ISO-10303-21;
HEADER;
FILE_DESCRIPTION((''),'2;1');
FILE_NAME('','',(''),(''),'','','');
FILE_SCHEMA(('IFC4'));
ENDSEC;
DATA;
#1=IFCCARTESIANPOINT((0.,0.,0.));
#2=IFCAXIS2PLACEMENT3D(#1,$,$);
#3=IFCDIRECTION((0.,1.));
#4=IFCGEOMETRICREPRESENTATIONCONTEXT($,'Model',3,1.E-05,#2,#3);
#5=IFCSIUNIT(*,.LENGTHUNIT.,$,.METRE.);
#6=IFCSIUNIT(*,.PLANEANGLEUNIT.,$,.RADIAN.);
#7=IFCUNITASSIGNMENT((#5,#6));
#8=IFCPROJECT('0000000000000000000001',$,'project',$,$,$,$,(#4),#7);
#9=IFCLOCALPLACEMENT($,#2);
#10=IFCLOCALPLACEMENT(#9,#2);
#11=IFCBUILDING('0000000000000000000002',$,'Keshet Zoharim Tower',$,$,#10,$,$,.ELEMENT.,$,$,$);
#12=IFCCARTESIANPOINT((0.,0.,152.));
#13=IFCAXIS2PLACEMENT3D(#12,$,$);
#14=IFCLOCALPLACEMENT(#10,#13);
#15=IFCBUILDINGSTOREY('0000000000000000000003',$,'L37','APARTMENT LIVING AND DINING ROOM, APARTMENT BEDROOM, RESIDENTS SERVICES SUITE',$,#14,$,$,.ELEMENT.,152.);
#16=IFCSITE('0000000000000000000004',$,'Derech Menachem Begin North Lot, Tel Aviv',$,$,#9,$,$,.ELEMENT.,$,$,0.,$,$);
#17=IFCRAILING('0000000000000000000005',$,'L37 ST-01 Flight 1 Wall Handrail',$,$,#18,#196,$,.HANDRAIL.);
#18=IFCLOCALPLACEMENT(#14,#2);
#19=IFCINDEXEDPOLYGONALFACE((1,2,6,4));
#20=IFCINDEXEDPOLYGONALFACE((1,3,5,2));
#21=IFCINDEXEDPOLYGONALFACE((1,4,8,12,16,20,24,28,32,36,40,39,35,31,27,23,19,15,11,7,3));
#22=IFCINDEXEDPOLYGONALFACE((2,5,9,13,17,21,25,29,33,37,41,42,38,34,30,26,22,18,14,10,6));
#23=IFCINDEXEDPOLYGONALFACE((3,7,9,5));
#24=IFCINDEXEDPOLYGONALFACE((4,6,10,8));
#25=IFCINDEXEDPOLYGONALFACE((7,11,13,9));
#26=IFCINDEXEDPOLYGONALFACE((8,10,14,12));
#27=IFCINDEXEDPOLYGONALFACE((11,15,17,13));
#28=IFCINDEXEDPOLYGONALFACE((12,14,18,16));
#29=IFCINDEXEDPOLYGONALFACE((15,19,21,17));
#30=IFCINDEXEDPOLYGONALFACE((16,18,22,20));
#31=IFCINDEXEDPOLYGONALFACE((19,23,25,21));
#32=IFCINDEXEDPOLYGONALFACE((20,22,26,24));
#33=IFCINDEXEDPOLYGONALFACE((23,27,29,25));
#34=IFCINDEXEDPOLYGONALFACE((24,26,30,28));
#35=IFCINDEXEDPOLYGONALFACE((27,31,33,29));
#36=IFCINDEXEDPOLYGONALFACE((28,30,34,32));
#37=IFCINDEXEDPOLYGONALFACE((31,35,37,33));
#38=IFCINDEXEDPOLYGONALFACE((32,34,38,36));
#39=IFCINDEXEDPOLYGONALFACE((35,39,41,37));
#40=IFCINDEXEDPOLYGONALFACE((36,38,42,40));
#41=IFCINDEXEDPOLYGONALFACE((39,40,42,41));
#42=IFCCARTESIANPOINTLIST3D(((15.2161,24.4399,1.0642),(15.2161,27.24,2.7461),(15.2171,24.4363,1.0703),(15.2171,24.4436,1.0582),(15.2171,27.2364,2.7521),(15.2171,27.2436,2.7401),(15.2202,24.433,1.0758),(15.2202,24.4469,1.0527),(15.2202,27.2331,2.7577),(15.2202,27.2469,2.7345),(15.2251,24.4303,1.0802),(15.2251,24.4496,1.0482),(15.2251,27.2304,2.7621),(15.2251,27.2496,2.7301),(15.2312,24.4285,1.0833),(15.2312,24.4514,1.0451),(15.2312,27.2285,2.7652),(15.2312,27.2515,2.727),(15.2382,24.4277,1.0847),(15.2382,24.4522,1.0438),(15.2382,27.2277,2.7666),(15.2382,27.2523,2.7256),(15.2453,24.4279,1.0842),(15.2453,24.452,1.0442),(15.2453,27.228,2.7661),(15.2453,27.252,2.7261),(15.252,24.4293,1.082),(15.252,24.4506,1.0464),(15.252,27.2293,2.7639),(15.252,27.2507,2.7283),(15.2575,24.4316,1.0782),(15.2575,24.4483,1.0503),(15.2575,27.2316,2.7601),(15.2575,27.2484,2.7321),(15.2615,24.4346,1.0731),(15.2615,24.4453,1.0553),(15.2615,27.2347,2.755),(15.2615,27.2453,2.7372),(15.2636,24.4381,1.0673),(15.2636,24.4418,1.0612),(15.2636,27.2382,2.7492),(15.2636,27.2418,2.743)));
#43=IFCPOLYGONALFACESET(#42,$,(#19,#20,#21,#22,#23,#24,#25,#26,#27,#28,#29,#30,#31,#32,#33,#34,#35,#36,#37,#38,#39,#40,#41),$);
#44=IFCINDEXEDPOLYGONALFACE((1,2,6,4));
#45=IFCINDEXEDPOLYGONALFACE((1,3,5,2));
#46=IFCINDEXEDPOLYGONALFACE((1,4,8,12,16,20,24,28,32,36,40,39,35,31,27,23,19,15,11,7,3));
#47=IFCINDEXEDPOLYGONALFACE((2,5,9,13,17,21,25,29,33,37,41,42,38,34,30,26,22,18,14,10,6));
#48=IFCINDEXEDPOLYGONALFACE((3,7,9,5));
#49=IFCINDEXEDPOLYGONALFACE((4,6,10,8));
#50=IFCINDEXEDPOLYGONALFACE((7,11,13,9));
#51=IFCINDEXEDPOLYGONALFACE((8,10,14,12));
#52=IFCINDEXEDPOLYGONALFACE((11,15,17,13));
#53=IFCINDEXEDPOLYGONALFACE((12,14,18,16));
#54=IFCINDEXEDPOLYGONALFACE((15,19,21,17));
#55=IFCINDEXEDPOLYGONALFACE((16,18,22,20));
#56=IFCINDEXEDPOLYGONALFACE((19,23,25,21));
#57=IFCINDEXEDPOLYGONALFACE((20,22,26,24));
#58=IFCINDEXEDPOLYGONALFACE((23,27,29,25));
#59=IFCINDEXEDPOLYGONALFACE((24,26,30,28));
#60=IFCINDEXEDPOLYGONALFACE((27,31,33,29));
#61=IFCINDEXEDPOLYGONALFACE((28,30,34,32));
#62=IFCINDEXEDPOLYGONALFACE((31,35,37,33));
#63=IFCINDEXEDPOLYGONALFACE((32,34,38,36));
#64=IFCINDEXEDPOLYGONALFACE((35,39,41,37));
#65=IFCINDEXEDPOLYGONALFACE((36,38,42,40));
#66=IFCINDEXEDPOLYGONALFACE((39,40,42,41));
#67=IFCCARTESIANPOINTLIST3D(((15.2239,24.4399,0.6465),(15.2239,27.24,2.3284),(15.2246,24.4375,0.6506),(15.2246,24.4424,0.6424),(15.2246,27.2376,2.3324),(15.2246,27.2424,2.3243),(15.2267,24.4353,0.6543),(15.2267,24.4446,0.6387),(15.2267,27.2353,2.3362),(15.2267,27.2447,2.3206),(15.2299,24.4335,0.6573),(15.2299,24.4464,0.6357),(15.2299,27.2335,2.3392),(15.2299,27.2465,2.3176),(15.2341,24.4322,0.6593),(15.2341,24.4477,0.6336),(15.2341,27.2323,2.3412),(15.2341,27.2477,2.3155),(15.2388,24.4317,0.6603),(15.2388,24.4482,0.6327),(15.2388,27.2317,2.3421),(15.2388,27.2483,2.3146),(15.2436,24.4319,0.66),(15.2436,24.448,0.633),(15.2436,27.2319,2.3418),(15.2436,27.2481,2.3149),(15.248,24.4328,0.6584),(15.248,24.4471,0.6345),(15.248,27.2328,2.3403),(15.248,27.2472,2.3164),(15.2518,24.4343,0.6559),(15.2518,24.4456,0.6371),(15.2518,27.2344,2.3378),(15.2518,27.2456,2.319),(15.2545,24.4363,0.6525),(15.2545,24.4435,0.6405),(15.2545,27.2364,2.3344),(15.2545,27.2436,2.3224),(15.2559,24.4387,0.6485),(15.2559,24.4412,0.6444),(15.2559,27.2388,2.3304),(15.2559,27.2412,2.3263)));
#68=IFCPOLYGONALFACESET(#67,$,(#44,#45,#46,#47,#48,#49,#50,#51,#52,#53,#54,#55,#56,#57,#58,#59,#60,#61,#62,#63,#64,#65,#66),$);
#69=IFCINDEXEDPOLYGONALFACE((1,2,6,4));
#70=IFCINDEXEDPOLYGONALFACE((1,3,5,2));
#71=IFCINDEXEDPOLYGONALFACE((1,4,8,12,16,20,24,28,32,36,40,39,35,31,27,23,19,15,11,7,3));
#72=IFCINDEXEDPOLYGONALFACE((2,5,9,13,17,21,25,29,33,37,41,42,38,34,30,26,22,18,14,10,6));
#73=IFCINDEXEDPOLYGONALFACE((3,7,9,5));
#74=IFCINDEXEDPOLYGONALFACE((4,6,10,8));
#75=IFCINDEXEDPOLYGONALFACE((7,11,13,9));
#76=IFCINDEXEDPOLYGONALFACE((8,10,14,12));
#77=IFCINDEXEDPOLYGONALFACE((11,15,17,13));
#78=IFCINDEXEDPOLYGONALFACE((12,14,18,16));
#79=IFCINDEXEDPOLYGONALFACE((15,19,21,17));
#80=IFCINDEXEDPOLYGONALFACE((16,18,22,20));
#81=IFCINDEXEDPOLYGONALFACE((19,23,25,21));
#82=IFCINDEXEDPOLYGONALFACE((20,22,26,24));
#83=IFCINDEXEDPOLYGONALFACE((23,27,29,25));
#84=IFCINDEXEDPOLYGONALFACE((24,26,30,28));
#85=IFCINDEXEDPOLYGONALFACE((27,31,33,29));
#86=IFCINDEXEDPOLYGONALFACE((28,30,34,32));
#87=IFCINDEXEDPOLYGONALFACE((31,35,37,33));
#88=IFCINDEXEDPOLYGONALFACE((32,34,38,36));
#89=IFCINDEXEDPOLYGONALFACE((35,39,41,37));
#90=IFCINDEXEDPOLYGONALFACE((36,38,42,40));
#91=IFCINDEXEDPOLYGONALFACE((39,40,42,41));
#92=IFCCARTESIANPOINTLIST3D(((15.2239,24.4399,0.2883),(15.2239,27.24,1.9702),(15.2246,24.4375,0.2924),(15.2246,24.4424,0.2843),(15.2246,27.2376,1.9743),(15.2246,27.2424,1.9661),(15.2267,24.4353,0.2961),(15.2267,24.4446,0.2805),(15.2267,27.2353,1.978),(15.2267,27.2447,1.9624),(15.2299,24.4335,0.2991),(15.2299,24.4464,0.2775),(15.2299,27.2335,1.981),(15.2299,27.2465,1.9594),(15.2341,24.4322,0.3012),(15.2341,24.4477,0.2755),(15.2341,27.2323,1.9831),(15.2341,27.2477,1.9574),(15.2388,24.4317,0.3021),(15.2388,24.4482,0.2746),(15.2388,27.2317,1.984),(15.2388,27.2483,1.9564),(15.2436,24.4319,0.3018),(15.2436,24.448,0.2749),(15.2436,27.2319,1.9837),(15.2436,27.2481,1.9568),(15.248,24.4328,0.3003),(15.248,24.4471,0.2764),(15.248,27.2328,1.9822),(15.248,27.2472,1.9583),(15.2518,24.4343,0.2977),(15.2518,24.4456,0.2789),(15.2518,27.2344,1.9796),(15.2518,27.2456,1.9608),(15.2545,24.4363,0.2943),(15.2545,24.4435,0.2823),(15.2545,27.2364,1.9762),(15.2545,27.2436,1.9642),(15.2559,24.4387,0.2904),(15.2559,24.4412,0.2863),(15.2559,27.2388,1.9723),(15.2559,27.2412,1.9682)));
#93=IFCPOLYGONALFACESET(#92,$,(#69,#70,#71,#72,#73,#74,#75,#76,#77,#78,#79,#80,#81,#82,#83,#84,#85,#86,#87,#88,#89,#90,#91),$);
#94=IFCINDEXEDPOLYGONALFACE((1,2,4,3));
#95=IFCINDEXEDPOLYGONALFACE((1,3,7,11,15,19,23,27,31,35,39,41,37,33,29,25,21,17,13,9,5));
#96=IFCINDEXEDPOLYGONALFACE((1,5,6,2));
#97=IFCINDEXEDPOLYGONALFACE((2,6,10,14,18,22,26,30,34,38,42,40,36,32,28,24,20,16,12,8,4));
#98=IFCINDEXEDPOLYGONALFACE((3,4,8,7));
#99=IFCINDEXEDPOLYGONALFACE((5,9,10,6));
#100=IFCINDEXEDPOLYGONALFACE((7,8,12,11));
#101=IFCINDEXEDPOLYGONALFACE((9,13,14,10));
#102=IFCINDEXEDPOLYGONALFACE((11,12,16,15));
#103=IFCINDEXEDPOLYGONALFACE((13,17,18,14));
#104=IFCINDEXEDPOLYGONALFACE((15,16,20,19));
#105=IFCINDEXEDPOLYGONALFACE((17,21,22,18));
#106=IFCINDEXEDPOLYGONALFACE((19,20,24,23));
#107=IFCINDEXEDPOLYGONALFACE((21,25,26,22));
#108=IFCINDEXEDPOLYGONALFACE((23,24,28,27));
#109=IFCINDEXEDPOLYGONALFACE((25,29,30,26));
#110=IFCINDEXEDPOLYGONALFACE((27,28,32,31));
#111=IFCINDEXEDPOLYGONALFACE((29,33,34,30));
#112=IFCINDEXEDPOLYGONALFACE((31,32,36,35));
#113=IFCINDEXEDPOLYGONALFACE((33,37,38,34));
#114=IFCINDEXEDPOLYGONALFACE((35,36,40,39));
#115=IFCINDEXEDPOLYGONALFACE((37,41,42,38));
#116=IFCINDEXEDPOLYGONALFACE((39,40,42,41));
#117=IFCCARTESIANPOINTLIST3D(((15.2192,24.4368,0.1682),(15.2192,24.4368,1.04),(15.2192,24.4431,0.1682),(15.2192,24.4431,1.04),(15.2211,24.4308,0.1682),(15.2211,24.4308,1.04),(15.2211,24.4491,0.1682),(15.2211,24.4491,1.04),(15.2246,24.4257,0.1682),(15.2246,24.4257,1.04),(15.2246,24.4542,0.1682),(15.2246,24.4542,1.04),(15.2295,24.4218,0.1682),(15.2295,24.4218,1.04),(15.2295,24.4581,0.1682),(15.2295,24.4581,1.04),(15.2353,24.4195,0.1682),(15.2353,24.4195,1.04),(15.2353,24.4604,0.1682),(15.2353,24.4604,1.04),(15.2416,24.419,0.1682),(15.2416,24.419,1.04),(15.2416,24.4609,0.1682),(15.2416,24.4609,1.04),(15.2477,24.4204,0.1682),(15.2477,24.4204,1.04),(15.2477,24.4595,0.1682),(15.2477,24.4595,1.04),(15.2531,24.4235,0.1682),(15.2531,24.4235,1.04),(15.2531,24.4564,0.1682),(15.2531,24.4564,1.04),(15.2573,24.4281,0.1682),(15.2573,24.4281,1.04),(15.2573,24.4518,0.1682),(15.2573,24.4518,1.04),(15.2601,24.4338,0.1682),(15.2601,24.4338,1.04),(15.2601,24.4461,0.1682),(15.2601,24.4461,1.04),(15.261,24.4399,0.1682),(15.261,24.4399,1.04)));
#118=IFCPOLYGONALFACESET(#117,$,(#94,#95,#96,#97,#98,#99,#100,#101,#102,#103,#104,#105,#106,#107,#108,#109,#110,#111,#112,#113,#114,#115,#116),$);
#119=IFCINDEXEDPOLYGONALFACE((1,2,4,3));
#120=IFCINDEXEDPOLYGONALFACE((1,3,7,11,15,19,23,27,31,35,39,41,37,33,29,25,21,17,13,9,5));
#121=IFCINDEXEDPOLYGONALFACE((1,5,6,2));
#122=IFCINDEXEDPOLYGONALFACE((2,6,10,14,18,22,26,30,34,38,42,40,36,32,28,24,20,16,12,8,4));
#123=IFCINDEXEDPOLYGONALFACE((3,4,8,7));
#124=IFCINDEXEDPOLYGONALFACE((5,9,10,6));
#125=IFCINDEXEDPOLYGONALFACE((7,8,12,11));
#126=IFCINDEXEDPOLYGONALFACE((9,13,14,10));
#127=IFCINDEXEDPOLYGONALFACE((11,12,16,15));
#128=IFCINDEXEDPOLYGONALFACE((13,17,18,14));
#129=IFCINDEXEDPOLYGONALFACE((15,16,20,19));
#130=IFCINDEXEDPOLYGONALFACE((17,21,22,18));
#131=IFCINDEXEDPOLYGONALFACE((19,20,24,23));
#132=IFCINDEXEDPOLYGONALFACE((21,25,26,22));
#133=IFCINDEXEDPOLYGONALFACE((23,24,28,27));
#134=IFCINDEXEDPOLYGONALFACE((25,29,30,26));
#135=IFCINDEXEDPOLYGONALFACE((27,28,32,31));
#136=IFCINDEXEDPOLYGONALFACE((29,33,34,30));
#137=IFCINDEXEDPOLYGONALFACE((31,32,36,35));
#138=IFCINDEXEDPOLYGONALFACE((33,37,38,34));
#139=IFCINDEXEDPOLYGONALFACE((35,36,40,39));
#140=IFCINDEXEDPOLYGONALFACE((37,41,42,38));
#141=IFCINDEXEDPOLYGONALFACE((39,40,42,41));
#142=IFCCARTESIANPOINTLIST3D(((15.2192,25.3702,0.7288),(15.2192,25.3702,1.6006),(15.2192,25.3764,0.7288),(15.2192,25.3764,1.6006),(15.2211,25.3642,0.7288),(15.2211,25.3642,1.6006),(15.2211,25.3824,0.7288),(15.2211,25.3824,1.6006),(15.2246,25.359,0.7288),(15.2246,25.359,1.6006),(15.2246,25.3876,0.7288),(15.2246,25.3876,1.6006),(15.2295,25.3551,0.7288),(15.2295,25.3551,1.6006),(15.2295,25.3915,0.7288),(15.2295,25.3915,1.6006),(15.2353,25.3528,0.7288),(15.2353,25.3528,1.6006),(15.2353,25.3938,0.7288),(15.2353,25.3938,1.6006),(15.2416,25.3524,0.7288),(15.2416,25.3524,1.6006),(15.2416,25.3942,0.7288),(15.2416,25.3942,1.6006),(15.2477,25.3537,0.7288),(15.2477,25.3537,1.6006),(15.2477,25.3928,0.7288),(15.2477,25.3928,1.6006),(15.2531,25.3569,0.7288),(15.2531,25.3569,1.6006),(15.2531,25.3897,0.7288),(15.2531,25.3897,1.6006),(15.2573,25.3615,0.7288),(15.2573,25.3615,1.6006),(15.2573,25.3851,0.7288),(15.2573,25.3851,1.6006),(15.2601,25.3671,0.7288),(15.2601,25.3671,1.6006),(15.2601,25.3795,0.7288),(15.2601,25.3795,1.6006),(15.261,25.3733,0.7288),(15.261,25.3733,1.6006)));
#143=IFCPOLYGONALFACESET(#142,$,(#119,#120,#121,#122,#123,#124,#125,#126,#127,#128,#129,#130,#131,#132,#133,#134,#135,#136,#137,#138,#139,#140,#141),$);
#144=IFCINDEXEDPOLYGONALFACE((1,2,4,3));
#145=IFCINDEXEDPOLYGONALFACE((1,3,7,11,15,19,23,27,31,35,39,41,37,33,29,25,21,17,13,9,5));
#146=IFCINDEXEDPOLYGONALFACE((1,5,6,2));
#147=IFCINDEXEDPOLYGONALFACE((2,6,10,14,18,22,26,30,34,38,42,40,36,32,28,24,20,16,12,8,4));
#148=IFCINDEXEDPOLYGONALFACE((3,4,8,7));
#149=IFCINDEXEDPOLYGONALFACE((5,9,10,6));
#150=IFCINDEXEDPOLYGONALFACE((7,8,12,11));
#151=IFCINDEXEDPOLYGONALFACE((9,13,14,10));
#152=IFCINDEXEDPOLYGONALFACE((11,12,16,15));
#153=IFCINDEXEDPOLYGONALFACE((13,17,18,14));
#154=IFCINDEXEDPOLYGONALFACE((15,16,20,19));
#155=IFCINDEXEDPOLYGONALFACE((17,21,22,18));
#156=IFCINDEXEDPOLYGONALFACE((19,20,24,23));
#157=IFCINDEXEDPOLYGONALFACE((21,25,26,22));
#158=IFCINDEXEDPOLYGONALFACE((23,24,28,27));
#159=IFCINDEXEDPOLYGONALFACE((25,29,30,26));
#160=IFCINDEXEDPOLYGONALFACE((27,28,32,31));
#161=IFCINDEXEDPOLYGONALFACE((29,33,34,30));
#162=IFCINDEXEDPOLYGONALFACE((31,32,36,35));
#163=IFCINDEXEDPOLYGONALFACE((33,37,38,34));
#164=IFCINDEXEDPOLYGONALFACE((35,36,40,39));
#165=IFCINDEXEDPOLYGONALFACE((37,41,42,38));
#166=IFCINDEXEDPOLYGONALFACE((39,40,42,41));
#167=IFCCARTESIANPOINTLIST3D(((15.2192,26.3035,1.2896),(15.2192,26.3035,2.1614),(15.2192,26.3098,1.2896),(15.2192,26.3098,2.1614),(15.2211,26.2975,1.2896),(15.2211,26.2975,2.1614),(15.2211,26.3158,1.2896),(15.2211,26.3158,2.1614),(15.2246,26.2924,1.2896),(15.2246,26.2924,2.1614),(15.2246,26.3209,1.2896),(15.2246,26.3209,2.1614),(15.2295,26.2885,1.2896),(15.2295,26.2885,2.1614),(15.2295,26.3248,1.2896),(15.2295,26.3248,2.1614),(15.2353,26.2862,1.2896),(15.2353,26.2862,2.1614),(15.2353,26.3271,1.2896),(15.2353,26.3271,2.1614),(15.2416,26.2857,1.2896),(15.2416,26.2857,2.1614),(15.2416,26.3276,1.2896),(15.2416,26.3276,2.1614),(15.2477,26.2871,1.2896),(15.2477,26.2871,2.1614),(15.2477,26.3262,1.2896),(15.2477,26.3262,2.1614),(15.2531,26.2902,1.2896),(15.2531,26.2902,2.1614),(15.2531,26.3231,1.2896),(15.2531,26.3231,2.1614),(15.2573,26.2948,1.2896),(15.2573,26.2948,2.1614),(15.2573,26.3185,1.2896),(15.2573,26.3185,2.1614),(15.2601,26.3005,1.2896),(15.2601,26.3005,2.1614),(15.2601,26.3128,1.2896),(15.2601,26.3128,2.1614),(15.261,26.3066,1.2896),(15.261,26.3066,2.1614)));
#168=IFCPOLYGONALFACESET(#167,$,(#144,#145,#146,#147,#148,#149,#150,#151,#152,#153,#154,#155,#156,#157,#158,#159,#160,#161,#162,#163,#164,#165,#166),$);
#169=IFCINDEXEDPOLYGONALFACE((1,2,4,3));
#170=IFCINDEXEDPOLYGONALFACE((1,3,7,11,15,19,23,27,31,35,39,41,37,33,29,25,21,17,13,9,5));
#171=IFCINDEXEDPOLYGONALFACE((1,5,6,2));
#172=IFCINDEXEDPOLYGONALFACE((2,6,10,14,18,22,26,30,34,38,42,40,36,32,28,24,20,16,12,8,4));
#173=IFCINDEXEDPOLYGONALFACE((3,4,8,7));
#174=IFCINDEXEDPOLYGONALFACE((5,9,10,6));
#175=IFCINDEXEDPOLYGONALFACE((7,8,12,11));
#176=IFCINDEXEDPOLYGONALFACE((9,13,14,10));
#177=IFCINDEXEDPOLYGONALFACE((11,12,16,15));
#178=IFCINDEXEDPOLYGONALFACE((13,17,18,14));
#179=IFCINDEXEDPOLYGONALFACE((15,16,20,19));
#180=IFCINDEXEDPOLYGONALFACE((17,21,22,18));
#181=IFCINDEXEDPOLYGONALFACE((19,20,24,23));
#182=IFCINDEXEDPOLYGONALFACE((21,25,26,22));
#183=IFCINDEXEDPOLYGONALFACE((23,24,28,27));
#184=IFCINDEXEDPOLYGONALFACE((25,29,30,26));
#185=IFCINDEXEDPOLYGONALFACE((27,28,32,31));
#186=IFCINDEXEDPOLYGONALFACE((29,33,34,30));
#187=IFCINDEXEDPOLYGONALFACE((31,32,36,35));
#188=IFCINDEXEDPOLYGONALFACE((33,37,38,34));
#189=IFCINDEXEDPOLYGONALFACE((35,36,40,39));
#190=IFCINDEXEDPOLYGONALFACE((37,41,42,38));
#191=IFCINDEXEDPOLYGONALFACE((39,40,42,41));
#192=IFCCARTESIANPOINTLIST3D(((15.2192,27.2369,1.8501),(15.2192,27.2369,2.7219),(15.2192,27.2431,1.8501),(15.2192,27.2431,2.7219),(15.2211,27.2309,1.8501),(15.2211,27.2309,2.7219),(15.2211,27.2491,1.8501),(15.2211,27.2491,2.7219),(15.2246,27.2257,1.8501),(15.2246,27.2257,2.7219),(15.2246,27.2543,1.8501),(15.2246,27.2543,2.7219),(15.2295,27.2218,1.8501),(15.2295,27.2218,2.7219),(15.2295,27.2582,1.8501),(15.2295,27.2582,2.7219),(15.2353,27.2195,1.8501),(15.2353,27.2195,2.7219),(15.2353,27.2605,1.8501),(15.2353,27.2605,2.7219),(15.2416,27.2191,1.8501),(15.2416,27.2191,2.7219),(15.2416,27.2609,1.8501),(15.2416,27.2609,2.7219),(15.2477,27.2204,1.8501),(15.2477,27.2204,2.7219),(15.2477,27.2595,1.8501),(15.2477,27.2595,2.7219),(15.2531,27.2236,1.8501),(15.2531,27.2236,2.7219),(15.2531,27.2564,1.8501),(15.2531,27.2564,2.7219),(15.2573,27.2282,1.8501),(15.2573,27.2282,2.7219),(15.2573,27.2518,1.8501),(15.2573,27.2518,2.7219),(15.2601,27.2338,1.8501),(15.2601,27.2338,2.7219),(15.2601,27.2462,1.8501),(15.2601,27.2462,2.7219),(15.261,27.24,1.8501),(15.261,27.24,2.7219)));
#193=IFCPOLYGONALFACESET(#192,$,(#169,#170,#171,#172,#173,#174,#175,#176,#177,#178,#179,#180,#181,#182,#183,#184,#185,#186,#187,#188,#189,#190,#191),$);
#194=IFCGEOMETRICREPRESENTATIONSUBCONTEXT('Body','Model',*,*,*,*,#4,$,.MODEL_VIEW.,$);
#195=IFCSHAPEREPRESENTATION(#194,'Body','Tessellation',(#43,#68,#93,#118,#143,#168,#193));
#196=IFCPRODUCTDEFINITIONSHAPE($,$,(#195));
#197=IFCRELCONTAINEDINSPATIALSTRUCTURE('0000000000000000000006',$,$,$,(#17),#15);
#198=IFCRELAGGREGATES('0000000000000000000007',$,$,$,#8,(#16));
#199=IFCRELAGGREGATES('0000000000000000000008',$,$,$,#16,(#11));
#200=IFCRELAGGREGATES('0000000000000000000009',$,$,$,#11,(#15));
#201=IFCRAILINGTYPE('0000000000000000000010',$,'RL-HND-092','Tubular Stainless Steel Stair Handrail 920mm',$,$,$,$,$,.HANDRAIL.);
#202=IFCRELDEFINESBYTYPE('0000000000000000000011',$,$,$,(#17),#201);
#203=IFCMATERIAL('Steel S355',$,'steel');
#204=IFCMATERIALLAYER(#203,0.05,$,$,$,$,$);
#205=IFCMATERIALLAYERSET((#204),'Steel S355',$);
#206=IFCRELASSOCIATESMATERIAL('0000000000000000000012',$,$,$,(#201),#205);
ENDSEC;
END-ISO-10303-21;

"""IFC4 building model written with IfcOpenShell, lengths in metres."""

from ifc_helpers import new_model, si_unit, direction, frame, origin, origin_2d, place, context, subcontext, project, spatial, circle, extrude, material, layer, layer_set, type_object, element, save


model = new_model("IFC4")

# Units and contexts
model_context = context("Model", 3, precision=1e-05, world=origin(), true_north=direction((0.0, 1.0)))
body_context = subcontext(model_context, "Body", "Model", "MODEL_VIEW")
ifc_project = project(units=[si_unit("LENGTHUNIT", "METRE"), si_unit("PLANEANGLEUNIT", "RADIAN")], contexts=[model_context])

# Site, building, storey
site_placement = place(None, origin())
site = spatial("IfcSite", under=ifc_project, at=site_placement, Name="Derech Menachem Begin North Lot, Tel Aviv", CompositionType="ELEMENT", RefElevation=0.0)
building_placement = place(site_placement, origin())
building = spatial("IfcBuilding", under=site, at=building_placement, Name="Keshet Zoharim Tower", CompositionType="ELEMENT")
storey_placement = place(building_placement, frame((0.0, 0.0, 152.0)))
storey = spatial("IfcBuildingStorey", under=building, at=storey_placement, Name="L37", Description="APARTMENT LIVING AND DINING ROOM, APARTMENT BEDROOM, RESIDENTS SERVICES SUITE", CompositionType="ELEMENT", Elevation=152.0)

# Shared definitions
ifc_material_1 = material(Name="Steel S355", Category="steel")

# Railing
ifc_layer_1 = layer(ifc_material_1, 0.05)
ifc_layer_set_1 = layer_set([ifc_layer_1], Name="Steel S355")
railing_type_1 = type_object("IfcRailingType", Name="RL-HND-092", Description="Tubular Stainless Steel Stair Handrail 920mm", PredefinedType="HANDRAIL", material=ifc_layer_set_1)
railing_1_placement = place(storey_placement, frame((15.24, 24.4399, 0.1682)))
element("IfcRailing", 1, at=railing_1_placement, inside=storey, type_object=railing_type_1, Name="L37 ST-01 Flight 1 Wall Handrail", PredefinedType="HANDRAIL", context=body_context, shape_type="SweptSolid", body=[
    extrude(circle(Radius=0.0239, at=origin_2d()), frame((0.0, 0.0, 0.896), z_axis=(0.0, 0.857242, 0.514913), x_axis=(-1.0, 0.0, 0.0)), (0.0, 0.0, 1.0), 3.2664),
    extrude(circle(Radius=0.0161, at=origin_2d()), frame((0.0, 0.0, 0.4783), z_axis=(0.0, 0.857242, 0.514913), x_axis=(-1.0, 0.0, 0.0)), (0.0, 0.0, 1.0), 3.2664),
    extrude(circle(Radius=0.0161, at=origin_2d()), frame((0.0, 0.0, 0.1201), z_axis=(0.0, 0.857242, 0.514913), x_axis=(-1.0, 0.0, 0.0)), (0.0, 0.0, 1.0), 3.2664),
    extrude(circle(Radius=0.021, at=origin_2d()), origin(), (0.0, 0.0, 1.0), 0.8718),
    extrude(circle(Radius=0.021, at=origin_2d()), frame((0.0, 0.9333, 0.5605)), (0.0, 0.0, 1.0), 0.8718),
    extrude(circle(Radius=0.021, at=origin_2d()), frame((0.0, 1.8667, 1.1213)), (0.0, 0.0, 1.0), 0.8718),
    extrude(circle(Radius=0.021, at=origin_2d()), frame((0.0, 2.8, 1.6819)), (0.0, 0.0, 1.0), 0.8718),
])

save(model, "model.ifc")
